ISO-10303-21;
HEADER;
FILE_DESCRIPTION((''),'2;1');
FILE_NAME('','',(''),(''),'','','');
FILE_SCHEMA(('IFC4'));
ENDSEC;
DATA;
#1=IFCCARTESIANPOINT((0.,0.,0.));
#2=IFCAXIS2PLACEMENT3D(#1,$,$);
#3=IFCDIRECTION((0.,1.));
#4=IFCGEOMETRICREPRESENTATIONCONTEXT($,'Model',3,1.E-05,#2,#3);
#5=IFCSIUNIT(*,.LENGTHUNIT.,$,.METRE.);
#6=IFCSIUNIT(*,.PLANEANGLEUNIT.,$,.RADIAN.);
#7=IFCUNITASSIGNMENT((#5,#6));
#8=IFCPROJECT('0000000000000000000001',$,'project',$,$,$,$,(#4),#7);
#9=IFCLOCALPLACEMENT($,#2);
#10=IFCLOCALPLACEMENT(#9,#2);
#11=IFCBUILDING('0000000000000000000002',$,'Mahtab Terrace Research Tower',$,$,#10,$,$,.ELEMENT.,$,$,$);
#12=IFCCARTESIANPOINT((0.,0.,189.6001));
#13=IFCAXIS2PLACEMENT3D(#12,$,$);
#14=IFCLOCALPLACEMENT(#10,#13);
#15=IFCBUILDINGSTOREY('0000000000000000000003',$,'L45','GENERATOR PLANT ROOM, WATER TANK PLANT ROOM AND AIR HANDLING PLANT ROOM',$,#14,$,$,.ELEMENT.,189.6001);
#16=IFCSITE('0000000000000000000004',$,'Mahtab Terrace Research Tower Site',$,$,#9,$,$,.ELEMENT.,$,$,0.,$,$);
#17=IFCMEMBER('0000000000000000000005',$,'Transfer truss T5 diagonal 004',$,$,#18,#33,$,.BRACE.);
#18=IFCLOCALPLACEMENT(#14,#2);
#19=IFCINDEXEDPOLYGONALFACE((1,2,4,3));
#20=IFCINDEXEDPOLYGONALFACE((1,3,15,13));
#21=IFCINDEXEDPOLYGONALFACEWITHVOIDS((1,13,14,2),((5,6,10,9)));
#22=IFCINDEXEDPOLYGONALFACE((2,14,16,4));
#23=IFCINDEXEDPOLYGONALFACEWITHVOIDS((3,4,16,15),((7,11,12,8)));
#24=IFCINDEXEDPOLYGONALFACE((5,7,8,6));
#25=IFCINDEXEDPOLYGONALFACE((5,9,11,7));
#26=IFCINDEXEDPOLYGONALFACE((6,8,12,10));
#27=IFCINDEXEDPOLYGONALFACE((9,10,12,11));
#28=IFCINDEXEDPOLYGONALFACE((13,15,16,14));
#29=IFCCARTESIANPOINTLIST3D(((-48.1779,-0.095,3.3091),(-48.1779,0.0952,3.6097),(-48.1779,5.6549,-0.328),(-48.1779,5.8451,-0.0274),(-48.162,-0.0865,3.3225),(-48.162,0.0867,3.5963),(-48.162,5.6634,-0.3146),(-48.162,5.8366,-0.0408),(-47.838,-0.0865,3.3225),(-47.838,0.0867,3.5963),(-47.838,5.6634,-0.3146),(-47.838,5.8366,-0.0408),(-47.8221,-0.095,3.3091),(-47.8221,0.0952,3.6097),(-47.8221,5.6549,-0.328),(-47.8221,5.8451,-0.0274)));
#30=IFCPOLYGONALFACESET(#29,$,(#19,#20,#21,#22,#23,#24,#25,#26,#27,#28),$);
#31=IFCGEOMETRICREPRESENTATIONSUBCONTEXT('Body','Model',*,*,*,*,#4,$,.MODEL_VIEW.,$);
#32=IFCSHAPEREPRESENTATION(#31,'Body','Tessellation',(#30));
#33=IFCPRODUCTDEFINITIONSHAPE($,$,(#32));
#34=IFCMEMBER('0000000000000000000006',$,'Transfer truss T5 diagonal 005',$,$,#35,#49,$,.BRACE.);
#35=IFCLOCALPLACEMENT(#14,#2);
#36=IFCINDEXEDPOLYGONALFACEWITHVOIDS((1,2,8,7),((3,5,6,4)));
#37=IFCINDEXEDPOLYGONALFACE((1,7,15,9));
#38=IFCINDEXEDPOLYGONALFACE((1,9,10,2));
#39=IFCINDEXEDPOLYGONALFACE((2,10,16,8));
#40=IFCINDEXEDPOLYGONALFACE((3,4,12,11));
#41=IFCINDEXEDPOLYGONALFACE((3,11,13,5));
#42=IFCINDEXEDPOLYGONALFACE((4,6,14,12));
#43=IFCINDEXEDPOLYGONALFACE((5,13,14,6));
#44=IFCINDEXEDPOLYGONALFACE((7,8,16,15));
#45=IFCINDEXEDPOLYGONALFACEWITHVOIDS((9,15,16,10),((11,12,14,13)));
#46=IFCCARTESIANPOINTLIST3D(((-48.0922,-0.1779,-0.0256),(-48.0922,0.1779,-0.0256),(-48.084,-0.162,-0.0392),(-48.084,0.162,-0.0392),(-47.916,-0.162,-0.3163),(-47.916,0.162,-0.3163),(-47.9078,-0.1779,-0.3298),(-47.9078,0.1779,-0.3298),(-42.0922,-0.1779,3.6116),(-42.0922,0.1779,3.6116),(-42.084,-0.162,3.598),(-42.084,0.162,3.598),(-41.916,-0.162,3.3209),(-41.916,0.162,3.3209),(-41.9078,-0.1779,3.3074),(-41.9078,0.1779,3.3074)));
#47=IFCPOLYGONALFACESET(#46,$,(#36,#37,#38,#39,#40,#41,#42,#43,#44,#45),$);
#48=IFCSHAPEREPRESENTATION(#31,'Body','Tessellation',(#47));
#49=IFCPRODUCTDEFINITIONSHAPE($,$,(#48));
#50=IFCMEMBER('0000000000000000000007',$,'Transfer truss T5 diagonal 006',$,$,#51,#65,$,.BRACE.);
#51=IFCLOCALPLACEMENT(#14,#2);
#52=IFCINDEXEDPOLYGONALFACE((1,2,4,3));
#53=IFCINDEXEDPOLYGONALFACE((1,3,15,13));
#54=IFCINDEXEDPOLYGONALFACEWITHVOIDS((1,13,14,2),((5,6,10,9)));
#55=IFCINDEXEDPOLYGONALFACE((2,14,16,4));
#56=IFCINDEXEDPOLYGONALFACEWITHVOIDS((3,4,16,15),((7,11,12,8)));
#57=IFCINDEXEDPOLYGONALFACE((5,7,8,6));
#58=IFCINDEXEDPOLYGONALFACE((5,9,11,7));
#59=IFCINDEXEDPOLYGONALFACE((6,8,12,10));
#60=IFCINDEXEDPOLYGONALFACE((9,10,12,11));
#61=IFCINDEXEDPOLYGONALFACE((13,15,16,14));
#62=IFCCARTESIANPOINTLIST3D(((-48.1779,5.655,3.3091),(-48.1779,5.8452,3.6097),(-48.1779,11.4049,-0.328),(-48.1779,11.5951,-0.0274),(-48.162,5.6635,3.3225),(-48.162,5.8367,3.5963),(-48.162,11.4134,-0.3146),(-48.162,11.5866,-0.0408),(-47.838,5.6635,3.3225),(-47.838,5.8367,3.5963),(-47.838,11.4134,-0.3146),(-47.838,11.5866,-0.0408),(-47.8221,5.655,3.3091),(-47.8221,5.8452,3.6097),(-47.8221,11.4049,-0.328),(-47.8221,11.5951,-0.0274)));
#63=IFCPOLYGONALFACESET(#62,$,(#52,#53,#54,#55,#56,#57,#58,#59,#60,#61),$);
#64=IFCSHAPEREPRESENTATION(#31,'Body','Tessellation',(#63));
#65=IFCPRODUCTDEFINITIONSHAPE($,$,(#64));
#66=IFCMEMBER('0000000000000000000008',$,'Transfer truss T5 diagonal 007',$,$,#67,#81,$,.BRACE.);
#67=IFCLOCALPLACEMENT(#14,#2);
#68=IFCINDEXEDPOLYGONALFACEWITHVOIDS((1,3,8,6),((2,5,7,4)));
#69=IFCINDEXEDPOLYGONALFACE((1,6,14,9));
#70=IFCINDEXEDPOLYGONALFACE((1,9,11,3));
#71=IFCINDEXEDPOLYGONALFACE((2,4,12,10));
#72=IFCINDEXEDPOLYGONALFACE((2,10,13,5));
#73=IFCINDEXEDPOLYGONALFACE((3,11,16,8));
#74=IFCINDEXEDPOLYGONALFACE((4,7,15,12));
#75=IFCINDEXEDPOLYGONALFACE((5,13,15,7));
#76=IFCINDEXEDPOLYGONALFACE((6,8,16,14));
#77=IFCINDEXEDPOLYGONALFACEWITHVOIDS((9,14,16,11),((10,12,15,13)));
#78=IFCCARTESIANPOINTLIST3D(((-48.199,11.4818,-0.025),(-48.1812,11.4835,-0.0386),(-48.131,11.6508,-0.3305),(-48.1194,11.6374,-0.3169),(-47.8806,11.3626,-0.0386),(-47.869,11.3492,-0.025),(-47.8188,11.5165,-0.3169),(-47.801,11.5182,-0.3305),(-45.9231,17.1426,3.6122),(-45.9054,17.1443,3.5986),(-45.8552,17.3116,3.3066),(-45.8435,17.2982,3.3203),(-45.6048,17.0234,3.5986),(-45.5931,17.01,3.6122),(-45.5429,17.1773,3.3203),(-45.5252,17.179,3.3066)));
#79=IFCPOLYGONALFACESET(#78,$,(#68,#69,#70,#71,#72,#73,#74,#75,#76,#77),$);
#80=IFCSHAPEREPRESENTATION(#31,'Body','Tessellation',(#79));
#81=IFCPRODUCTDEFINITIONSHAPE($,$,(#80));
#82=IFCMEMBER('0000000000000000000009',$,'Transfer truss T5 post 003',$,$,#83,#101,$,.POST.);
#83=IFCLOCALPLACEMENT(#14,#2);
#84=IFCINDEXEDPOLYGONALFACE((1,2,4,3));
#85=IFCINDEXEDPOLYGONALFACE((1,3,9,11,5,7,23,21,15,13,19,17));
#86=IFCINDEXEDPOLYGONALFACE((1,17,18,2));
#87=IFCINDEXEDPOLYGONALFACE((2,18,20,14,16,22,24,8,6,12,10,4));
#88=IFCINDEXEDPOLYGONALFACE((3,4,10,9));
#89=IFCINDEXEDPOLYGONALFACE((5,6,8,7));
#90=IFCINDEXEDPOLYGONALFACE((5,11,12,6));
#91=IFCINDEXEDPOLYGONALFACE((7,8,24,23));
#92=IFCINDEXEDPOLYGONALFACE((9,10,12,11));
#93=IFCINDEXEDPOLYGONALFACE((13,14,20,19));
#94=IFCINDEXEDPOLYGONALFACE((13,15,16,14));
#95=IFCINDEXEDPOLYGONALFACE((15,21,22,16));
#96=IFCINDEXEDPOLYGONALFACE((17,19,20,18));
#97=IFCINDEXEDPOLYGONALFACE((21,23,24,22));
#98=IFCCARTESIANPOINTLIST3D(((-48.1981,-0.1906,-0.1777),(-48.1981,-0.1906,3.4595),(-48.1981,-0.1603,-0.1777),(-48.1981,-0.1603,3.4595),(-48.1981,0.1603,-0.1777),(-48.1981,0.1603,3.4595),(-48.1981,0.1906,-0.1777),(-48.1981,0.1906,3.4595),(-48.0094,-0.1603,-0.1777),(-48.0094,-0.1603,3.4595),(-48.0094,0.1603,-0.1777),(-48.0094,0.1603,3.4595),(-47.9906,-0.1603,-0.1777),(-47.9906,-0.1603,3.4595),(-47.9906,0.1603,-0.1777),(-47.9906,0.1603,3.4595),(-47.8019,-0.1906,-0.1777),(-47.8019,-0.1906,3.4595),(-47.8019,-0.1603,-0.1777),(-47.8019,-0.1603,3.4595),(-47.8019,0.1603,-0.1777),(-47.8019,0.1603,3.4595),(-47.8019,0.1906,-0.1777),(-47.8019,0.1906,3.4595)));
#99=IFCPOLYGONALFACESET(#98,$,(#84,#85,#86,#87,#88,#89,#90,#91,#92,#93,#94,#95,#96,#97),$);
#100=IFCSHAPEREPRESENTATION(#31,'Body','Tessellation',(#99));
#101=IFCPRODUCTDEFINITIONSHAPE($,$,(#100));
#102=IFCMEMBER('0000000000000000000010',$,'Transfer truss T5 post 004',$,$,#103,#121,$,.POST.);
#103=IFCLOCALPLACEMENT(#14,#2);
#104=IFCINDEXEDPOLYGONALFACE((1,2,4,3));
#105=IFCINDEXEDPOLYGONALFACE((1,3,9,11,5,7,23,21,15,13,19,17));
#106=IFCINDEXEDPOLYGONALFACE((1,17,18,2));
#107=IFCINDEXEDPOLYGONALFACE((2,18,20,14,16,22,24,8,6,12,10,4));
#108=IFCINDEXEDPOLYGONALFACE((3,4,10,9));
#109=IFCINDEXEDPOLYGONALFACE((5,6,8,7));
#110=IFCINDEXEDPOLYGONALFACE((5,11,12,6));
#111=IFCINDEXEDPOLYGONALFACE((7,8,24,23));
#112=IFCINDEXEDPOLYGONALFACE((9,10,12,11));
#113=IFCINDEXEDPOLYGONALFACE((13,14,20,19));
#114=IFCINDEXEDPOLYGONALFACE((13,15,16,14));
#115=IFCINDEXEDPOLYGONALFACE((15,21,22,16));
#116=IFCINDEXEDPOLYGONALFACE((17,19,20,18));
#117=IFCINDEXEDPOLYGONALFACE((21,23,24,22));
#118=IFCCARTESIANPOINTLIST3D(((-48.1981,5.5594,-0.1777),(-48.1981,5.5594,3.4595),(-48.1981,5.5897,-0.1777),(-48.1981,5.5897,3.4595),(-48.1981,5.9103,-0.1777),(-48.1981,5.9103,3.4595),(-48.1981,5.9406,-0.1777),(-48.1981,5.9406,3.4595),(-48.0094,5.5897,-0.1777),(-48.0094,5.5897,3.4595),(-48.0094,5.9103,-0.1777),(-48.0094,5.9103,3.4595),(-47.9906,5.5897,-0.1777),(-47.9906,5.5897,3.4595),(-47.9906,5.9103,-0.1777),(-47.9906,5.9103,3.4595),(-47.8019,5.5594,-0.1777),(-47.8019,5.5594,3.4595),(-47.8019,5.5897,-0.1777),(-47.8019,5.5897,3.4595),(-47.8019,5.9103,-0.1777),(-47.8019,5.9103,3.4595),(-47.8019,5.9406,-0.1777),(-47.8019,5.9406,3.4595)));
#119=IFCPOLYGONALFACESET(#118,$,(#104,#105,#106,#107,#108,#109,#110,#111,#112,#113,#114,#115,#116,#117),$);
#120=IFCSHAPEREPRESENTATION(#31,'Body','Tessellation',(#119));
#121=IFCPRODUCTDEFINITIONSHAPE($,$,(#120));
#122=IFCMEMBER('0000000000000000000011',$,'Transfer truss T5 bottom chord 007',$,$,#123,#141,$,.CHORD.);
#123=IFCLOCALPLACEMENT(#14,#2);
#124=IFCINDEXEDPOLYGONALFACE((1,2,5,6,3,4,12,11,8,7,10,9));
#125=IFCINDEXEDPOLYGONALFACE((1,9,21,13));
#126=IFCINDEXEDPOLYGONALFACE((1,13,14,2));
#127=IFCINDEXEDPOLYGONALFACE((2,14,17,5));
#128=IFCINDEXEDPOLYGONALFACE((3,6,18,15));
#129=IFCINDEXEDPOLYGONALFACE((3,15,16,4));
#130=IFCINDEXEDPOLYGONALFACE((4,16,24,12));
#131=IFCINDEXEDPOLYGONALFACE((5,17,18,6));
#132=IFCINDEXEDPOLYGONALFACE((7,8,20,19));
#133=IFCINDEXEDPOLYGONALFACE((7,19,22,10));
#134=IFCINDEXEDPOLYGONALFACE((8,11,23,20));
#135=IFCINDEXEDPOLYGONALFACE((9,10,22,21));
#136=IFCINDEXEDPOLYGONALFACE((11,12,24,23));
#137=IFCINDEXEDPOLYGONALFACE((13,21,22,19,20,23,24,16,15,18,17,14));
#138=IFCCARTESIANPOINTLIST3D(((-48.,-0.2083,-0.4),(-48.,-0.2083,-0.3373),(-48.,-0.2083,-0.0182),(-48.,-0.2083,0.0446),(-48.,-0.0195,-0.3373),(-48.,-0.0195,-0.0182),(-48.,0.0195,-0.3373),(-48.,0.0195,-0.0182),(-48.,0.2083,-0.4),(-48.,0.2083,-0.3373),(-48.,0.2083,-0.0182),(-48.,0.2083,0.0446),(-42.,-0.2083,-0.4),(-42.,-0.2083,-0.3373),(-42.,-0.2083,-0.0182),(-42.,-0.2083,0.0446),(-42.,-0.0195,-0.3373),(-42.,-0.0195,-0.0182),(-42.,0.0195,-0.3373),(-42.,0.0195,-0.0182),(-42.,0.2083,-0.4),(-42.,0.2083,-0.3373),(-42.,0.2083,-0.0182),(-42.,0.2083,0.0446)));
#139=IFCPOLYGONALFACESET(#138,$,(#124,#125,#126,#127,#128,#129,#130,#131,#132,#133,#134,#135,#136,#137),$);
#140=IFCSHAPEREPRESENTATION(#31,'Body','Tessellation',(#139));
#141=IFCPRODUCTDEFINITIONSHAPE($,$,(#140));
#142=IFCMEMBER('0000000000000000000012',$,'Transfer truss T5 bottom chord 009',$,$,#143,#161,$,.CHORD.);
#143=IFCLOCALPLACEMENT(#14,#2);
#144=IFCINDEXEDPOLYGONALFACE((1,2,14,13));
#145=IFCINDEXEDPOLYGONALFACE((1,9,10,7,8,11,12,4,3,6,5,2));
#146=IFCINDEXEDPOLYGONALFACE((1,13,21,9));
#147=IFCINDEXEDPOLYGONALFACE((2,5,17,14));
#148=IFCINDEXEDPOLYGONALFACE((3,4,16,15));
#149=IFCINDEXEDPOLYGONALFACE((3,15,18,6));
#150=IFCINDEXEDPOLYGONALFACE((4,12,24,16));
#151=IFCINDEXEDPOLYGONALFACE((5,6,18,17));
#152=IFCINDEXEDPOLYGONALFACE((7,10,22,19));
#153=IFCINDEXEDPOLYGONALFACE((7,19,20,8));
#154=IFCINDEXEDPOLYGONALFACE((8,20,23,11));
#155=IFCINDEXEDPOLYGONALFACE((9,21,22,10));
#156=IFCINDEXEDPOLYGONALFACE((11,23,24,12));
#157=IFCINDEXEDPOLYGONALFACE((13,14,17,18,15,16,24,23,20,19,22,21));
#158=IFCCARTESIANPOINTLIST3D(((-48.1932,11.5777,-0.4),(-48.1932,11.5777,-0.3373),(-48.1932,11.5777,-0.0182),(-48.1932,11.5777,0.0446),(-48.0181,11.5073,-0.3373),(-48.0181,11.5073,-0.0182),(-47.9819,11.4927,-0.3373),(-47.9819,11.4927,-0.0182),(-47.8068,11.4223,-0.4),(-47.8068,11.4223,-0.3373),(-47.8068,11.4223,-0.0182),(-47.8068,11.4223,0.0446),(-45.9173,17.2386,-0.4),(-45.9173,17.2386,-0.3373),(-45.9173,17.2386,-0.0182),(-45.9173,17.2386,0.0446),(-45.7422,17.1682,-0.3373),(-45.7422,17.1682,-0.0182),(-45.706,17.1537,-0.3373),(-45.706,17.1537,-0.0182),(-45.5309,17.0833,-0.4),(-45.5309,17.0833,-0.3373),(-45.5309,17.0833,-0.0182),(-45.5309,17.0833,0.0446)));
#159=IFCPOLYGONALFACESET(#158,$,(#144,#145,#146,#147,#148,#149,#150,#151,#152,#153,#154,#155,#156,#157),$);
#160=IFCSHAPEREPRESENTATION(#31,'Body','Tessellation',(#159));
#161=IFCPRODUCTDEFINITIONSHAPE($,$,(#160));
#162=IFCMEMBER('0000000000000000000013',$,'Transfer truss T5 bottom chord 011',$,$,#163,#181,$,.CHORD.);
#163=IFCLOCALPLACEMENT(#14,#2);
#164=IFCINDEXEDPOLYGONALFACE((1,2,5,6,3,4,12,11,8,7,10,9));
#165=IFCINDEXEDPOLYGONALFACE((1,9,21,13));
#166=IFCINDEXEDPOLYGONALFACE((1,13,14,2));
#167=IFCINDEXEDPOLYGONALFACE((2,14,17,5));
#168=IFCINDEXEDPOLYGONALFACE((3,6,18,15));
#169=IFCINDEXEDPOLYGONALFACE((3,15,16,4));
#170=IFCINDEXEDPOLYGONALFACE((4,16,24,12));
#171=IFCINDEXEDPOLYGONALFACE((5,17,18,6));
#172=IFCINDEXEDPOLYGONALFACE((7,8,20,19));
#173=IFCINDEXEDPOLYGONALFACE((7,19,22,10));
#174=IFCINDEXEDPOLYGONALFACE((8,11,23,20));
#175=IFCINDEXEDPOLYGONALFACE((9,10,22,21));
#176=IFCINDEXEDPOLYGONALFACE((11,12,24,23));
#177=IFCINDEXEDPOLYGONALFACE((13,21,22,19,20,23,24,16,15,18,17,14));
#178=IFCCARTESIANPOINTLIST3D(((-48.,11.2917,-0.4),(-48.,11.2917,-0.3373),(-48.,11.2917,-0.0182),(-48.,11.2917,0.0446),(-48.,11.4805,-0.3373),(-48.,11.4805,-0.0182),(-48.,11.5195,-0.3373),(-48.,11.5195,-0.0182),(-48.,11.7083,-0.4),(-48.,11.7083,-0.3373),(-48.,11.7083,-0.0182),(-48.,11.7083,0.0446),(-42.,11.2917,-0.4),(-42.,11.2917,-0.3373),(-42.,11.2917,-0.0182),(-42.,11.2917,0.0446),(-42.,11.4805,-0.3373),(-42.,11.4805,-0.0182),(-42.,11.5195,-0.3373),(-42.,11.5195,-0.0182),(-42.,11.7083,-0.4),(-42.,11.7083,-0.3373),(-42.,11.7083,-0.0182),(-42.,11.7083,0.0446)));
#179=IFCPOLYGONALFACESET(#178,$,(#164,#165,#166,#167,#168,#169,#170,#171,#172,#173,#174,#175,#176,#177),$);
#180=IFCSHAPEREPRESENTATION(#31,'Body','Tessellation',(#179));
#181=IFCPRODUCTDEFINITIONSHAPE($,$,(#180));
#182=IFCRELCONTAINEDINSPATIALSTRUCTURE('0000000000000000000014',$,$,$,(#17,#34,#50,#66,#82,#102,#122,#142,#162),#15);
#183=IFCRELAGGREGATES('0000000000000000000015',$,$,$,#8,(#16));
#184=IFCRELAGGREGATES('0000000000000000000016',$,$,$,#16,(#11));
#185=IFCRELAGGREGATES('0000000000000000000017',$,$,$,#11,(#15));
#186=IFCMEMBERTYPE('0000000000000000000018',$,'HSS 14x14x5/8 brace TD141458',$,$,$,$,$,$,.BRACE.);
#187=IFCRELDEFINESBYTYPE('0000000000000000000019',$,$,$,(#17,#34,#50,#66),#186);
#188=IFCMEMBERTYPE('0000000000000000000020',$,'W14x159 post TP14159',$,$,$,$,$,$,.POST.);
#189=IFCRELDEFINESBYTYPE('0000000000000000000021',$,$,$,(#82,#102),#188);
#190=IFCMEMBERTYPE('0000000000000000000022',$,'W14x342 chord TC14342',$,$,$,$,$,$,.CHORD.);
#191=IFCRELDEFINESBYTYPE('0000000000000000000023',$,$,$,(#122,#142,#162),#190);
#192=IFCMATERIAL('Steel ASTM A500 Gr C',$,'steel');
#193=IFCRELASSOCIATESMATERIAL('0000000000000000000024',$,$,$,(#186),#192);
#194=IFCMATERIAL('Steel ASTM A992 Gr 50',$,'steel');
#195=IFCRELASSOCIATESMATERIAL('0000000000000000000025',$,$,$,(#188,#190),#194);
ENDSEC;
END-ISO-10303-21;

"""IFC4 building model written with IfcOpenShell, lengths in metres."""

from ifc_helpers import new_model, si_unit, direction, frame, origin, origin_2d, place, context, subcontext, project, spatial, hollow_rectangle, i_section, extrude, material, material_profile, profile_set, type_object, element, save


model = new_model("IFC4")

# Units and contexts
model_context = context("Model", 3, precision=1e-05, world=origin(), true_north=direction((0.0, 1.0)))
body_context = subcontext(model_context, "Body", "Model", "MODEL_VIEW")
ifc_project = project(units=[si_unit("LENGTHUNIT", "METRE"), si_unit("PLANEANGLEUNIT", "RADIAN")], contexts=[model_context])

# Site, building, storey
site_placement = place(None, origin())
site = spatial("IfcSite", under=ifc_project, at=site_placement, Name="Mahtab Terrace Research Tower Site", CompositionType="ELEMENT", RefElevation=0.0)
building_placement = place(site_placement, origin())
building = spatial("IfcBuilding", under=site, at=building_placement, Name="Mahtab Terrace Research Tower", CompositionType="ELEMENT")
storey_placement = place(building_placement, frame((0.0, 0.0, 189.6001)))
storey = spatial("IfcBuildingStorey", under=building, at=storey_placement, Name="L45", Description="GENERATOR PLANT ROOM, WATER TANK PLANT ROOM AND AIR HANDLING PLANT ROOM", CompositionType="ELEMENT", Elevation=189.6001)

# Members
ifc_material_1 = material(Name="Steel ASTM A500 Gr C", Category="steel")
ifc_material_profile_1 = material_profile(ifc_material_1, hollow_rectangle(XDim=0.3557, YDim=0.3557, WallThickness=0.0159, at=origin_2d()), Name="HSS14X14X5/8")
ifc_profile_set_1 = profile_set([ifc_material_profile_1], Name="Steel ASTM A500 Gr C")
member_type_1 = type_object("IfcMemberType", Name="HSS 14x14x5/8 brace TD141458", PredefinedType="BRACE", material=ifc_profile_set_1)
member_1_placement = place(storey_placement, frame((-48.0, 5.75, -0.1777), z_axis=(0.0, -0.845115, 0.534584), x_axis=(1.0, 0.0, 0.0)))
element("IfcMember", 1, at=member_1_placement, inside=storey, type_object=member_type_1, Name="Transfer truss T5 diagonal 004", PredefinedType="BRACE", context=body_context, shape_type="SweptSolid", body=[
    extrude(hollow_rectangle(XDim=0.3557, YDim=0.3557, WallThickness=0.0159, at=origin_2d()), origin(), (0.0, 0.0, 1.0), 6.8037),
])
member_2_placement = place(storey_placement, frame((-48.0, 0.0, -0.1777), z_axis=(0.855145, 0.0, 0.51839), x_axis=(0.0, 1.0, 0.0)))
element("IfcMember", 2, at=member_2_placement, inside=storey, type_object=member_type_1, Name="Transfer truss T5 diagonal 005", PredefinedType="BRACE", context=body_context, shape_type="SweptSolid", body=[
    extrude(hollow_rectangle(XDim=0.3557, YDim=0.3557, WallThickness=0.0159, at=origin_2d()), origin(), (0.0, 0.0, 1.0), 7.0164),
])
member_3_placement = place(storey_placement, frame((-48.0, 11.5, -0.1777), z_axis=(0.0, -0.845115, 0.534584), x_axis=(1.0, 0.0, 0.0)))
element("IfcMember", 3, at=member_3_placement, inside=storey, type_object=member_type_1, Name="Transfer truss T5 diagonal 006", PredefinedType="BRACE", context=body_context, shape_type="SweptSolid", body=[
    extrude(hollow_rectangle(XDim=0.3557, YDim=0.3557, WallThickness=0.0159, at=origin_2d()), origin(), (0.0, 0.0, 1.0), 6.8037),
])
member_4_placement = place(storey_placement, frame((-48.0, 11.5, -0.1777), z_axis=(0.320405, 0.796956, 0.512056), x_axis=(-0.927824, 0.373018, 0.0)))
element("IfcMember", 4, at=member_4_placement, inside=storey, type_object=member_type_1, Name="Transfer truss T5 diagonal 007", PredefinedType="BRACE", context=body_context, shape_type="SweptSolid", body=[
    extrude(hollow_rectangle(XDim=0.3557, YDim=0.3557, WallThickness=0.0159, at=origin_2d()), origin(), (0.0, 0.0, 1.0), 7.103),
])
ifc_material_2 = material(Name="Steel ASTM A992 Gr 50", Category="steel")
ifc_material_profile_2 = material_profile(ifc_material_2, i_section(OverallWidth=0.3962, OverallDepth=0.3811, WebThickness=0.0188, FlangeThickness=0.0303, at=origin_2d()), Name="W14X159")
ifc_profile_set_2 = profile_set([ifc_material_profile_2], Name="Steel ASTM A992 Gr 50")
member_type_2 = type_object("IfcMemberType", Name="W14x159 post TP14159", PredefinedType="POST", material=ifc_profile_set_2)
for number, where, z_axis, x_axis, name in (
    (5, (-48.0, 0.0, -0.1777), (0.0, 0.0, 1.0), (1.0, 0.0, 0.0), "Transfer truss T5 post 003"),
    (6, (-48.0, 5.75, -0.1777), (0.0, 0.0, 1.0), (1.0, 0.0, 0.0), "Transfer truss T5 post 004"),
):
    element("IfcMember", number, at=place(storey_placement, frame(where, z_axis=z_axis, x_axis=x_axis)), inside=storey, type_object=member_type_2, Name=name, PredefinedType="POST", context=body_context, shape_type="SweptSolid", body=[
        extrude(i_section(OverallWidth=0.3962, OverallDepth=0.3811, WebThickness=0.0188, FlangeThickness=0.0303, at=origin_2d()), origin(), (0.0, 0.0, 1.0), 3.6372),
    ])
ifc_material_profile_3 = material_profile(ifc_material_2, i_section(OverallWidth=0.4165, OverallDepth=0.4446, WebThickness=0.0391, FlangeThickness=0.0627, at=origin_2d()), Name="W14X342")
ifc_profile_set_3 = profile_set([ifc_material_profile_3], Name="Steel ASTM A992 Gr 50")
member_type_3 = type_object("IfcMemberType", Name="W14x342 chord TC14342", PredefinedType="CHORD", material=ifc_profile_set_3)
member_5_placement = place(storey_placement, frame((-48.0, 0.0, -0.1777), z_axis=(1.0, 0.0, 0.0), x_axis=(0.0, 1.0, 0.0)))
element("IfcMember", 7, at=member_5_placement, inside=storey, type_object=member_type_3, Name="Transfer truss T5 bottom chord 007", PredefinedType="CHORD", context=body_context, shape_type="SweptSolid", body=[
    extrude(i_section(OverallWidth=0.4165, OverallDepth=0.4446, WebThickness=0.0391, FlangeThickness=0.0627, at=origin_2d()), origin(), (0.0, 0.0, 1.0), 6.0),
])
member_6_placement = place(storey_placement, frame((-48.0, 11.5, -0.1777), z_axis=(0.373018, 0.927824, 0.0), x_axis=(-0.927824, 0.373018, 0.0)))
element("IfcMember", 8, at=member_6_placement, inside=storey, type_object=member_type_3, Name="Transfer truss T5 bottom chord 009", PredefinedType="CHORD", context=body_context, shape_type="SweptSolid", body=[
    extrude(i_section(OverallWidth=0.4165, OverallDepth=0.4446, WebThickness=0.0391, FlangeThickness=0.0627, at=origin_2d()), origin(), (0.0, 0.0, 1.0), 6.1013),
])
member_7_placement = place(storey_placement, frame((-48.0, 11.5, -0.1777), z_axis=(1.0, 0.0, 0.0), x_axis=(0.0, 1.0, 0.0)))
element("IfcMember", 9, at=member_7_placement, inside=storey, type_object=member_type_3, Name="Transfer truss T5 bottom chord 011", PredefinedType="CHORD", context=body_context, shape_type="SweptSolid", body=[
    extrude(i_section(OverallWidth=0.4165, OverallDepth=0.4446, WebThickness=0.0391, FlangeThickness=0.0627, at=origin_2d()), origin(), (0.0, 0.0, 1.0), 6.0),
])

save(model, "model.ifc")
